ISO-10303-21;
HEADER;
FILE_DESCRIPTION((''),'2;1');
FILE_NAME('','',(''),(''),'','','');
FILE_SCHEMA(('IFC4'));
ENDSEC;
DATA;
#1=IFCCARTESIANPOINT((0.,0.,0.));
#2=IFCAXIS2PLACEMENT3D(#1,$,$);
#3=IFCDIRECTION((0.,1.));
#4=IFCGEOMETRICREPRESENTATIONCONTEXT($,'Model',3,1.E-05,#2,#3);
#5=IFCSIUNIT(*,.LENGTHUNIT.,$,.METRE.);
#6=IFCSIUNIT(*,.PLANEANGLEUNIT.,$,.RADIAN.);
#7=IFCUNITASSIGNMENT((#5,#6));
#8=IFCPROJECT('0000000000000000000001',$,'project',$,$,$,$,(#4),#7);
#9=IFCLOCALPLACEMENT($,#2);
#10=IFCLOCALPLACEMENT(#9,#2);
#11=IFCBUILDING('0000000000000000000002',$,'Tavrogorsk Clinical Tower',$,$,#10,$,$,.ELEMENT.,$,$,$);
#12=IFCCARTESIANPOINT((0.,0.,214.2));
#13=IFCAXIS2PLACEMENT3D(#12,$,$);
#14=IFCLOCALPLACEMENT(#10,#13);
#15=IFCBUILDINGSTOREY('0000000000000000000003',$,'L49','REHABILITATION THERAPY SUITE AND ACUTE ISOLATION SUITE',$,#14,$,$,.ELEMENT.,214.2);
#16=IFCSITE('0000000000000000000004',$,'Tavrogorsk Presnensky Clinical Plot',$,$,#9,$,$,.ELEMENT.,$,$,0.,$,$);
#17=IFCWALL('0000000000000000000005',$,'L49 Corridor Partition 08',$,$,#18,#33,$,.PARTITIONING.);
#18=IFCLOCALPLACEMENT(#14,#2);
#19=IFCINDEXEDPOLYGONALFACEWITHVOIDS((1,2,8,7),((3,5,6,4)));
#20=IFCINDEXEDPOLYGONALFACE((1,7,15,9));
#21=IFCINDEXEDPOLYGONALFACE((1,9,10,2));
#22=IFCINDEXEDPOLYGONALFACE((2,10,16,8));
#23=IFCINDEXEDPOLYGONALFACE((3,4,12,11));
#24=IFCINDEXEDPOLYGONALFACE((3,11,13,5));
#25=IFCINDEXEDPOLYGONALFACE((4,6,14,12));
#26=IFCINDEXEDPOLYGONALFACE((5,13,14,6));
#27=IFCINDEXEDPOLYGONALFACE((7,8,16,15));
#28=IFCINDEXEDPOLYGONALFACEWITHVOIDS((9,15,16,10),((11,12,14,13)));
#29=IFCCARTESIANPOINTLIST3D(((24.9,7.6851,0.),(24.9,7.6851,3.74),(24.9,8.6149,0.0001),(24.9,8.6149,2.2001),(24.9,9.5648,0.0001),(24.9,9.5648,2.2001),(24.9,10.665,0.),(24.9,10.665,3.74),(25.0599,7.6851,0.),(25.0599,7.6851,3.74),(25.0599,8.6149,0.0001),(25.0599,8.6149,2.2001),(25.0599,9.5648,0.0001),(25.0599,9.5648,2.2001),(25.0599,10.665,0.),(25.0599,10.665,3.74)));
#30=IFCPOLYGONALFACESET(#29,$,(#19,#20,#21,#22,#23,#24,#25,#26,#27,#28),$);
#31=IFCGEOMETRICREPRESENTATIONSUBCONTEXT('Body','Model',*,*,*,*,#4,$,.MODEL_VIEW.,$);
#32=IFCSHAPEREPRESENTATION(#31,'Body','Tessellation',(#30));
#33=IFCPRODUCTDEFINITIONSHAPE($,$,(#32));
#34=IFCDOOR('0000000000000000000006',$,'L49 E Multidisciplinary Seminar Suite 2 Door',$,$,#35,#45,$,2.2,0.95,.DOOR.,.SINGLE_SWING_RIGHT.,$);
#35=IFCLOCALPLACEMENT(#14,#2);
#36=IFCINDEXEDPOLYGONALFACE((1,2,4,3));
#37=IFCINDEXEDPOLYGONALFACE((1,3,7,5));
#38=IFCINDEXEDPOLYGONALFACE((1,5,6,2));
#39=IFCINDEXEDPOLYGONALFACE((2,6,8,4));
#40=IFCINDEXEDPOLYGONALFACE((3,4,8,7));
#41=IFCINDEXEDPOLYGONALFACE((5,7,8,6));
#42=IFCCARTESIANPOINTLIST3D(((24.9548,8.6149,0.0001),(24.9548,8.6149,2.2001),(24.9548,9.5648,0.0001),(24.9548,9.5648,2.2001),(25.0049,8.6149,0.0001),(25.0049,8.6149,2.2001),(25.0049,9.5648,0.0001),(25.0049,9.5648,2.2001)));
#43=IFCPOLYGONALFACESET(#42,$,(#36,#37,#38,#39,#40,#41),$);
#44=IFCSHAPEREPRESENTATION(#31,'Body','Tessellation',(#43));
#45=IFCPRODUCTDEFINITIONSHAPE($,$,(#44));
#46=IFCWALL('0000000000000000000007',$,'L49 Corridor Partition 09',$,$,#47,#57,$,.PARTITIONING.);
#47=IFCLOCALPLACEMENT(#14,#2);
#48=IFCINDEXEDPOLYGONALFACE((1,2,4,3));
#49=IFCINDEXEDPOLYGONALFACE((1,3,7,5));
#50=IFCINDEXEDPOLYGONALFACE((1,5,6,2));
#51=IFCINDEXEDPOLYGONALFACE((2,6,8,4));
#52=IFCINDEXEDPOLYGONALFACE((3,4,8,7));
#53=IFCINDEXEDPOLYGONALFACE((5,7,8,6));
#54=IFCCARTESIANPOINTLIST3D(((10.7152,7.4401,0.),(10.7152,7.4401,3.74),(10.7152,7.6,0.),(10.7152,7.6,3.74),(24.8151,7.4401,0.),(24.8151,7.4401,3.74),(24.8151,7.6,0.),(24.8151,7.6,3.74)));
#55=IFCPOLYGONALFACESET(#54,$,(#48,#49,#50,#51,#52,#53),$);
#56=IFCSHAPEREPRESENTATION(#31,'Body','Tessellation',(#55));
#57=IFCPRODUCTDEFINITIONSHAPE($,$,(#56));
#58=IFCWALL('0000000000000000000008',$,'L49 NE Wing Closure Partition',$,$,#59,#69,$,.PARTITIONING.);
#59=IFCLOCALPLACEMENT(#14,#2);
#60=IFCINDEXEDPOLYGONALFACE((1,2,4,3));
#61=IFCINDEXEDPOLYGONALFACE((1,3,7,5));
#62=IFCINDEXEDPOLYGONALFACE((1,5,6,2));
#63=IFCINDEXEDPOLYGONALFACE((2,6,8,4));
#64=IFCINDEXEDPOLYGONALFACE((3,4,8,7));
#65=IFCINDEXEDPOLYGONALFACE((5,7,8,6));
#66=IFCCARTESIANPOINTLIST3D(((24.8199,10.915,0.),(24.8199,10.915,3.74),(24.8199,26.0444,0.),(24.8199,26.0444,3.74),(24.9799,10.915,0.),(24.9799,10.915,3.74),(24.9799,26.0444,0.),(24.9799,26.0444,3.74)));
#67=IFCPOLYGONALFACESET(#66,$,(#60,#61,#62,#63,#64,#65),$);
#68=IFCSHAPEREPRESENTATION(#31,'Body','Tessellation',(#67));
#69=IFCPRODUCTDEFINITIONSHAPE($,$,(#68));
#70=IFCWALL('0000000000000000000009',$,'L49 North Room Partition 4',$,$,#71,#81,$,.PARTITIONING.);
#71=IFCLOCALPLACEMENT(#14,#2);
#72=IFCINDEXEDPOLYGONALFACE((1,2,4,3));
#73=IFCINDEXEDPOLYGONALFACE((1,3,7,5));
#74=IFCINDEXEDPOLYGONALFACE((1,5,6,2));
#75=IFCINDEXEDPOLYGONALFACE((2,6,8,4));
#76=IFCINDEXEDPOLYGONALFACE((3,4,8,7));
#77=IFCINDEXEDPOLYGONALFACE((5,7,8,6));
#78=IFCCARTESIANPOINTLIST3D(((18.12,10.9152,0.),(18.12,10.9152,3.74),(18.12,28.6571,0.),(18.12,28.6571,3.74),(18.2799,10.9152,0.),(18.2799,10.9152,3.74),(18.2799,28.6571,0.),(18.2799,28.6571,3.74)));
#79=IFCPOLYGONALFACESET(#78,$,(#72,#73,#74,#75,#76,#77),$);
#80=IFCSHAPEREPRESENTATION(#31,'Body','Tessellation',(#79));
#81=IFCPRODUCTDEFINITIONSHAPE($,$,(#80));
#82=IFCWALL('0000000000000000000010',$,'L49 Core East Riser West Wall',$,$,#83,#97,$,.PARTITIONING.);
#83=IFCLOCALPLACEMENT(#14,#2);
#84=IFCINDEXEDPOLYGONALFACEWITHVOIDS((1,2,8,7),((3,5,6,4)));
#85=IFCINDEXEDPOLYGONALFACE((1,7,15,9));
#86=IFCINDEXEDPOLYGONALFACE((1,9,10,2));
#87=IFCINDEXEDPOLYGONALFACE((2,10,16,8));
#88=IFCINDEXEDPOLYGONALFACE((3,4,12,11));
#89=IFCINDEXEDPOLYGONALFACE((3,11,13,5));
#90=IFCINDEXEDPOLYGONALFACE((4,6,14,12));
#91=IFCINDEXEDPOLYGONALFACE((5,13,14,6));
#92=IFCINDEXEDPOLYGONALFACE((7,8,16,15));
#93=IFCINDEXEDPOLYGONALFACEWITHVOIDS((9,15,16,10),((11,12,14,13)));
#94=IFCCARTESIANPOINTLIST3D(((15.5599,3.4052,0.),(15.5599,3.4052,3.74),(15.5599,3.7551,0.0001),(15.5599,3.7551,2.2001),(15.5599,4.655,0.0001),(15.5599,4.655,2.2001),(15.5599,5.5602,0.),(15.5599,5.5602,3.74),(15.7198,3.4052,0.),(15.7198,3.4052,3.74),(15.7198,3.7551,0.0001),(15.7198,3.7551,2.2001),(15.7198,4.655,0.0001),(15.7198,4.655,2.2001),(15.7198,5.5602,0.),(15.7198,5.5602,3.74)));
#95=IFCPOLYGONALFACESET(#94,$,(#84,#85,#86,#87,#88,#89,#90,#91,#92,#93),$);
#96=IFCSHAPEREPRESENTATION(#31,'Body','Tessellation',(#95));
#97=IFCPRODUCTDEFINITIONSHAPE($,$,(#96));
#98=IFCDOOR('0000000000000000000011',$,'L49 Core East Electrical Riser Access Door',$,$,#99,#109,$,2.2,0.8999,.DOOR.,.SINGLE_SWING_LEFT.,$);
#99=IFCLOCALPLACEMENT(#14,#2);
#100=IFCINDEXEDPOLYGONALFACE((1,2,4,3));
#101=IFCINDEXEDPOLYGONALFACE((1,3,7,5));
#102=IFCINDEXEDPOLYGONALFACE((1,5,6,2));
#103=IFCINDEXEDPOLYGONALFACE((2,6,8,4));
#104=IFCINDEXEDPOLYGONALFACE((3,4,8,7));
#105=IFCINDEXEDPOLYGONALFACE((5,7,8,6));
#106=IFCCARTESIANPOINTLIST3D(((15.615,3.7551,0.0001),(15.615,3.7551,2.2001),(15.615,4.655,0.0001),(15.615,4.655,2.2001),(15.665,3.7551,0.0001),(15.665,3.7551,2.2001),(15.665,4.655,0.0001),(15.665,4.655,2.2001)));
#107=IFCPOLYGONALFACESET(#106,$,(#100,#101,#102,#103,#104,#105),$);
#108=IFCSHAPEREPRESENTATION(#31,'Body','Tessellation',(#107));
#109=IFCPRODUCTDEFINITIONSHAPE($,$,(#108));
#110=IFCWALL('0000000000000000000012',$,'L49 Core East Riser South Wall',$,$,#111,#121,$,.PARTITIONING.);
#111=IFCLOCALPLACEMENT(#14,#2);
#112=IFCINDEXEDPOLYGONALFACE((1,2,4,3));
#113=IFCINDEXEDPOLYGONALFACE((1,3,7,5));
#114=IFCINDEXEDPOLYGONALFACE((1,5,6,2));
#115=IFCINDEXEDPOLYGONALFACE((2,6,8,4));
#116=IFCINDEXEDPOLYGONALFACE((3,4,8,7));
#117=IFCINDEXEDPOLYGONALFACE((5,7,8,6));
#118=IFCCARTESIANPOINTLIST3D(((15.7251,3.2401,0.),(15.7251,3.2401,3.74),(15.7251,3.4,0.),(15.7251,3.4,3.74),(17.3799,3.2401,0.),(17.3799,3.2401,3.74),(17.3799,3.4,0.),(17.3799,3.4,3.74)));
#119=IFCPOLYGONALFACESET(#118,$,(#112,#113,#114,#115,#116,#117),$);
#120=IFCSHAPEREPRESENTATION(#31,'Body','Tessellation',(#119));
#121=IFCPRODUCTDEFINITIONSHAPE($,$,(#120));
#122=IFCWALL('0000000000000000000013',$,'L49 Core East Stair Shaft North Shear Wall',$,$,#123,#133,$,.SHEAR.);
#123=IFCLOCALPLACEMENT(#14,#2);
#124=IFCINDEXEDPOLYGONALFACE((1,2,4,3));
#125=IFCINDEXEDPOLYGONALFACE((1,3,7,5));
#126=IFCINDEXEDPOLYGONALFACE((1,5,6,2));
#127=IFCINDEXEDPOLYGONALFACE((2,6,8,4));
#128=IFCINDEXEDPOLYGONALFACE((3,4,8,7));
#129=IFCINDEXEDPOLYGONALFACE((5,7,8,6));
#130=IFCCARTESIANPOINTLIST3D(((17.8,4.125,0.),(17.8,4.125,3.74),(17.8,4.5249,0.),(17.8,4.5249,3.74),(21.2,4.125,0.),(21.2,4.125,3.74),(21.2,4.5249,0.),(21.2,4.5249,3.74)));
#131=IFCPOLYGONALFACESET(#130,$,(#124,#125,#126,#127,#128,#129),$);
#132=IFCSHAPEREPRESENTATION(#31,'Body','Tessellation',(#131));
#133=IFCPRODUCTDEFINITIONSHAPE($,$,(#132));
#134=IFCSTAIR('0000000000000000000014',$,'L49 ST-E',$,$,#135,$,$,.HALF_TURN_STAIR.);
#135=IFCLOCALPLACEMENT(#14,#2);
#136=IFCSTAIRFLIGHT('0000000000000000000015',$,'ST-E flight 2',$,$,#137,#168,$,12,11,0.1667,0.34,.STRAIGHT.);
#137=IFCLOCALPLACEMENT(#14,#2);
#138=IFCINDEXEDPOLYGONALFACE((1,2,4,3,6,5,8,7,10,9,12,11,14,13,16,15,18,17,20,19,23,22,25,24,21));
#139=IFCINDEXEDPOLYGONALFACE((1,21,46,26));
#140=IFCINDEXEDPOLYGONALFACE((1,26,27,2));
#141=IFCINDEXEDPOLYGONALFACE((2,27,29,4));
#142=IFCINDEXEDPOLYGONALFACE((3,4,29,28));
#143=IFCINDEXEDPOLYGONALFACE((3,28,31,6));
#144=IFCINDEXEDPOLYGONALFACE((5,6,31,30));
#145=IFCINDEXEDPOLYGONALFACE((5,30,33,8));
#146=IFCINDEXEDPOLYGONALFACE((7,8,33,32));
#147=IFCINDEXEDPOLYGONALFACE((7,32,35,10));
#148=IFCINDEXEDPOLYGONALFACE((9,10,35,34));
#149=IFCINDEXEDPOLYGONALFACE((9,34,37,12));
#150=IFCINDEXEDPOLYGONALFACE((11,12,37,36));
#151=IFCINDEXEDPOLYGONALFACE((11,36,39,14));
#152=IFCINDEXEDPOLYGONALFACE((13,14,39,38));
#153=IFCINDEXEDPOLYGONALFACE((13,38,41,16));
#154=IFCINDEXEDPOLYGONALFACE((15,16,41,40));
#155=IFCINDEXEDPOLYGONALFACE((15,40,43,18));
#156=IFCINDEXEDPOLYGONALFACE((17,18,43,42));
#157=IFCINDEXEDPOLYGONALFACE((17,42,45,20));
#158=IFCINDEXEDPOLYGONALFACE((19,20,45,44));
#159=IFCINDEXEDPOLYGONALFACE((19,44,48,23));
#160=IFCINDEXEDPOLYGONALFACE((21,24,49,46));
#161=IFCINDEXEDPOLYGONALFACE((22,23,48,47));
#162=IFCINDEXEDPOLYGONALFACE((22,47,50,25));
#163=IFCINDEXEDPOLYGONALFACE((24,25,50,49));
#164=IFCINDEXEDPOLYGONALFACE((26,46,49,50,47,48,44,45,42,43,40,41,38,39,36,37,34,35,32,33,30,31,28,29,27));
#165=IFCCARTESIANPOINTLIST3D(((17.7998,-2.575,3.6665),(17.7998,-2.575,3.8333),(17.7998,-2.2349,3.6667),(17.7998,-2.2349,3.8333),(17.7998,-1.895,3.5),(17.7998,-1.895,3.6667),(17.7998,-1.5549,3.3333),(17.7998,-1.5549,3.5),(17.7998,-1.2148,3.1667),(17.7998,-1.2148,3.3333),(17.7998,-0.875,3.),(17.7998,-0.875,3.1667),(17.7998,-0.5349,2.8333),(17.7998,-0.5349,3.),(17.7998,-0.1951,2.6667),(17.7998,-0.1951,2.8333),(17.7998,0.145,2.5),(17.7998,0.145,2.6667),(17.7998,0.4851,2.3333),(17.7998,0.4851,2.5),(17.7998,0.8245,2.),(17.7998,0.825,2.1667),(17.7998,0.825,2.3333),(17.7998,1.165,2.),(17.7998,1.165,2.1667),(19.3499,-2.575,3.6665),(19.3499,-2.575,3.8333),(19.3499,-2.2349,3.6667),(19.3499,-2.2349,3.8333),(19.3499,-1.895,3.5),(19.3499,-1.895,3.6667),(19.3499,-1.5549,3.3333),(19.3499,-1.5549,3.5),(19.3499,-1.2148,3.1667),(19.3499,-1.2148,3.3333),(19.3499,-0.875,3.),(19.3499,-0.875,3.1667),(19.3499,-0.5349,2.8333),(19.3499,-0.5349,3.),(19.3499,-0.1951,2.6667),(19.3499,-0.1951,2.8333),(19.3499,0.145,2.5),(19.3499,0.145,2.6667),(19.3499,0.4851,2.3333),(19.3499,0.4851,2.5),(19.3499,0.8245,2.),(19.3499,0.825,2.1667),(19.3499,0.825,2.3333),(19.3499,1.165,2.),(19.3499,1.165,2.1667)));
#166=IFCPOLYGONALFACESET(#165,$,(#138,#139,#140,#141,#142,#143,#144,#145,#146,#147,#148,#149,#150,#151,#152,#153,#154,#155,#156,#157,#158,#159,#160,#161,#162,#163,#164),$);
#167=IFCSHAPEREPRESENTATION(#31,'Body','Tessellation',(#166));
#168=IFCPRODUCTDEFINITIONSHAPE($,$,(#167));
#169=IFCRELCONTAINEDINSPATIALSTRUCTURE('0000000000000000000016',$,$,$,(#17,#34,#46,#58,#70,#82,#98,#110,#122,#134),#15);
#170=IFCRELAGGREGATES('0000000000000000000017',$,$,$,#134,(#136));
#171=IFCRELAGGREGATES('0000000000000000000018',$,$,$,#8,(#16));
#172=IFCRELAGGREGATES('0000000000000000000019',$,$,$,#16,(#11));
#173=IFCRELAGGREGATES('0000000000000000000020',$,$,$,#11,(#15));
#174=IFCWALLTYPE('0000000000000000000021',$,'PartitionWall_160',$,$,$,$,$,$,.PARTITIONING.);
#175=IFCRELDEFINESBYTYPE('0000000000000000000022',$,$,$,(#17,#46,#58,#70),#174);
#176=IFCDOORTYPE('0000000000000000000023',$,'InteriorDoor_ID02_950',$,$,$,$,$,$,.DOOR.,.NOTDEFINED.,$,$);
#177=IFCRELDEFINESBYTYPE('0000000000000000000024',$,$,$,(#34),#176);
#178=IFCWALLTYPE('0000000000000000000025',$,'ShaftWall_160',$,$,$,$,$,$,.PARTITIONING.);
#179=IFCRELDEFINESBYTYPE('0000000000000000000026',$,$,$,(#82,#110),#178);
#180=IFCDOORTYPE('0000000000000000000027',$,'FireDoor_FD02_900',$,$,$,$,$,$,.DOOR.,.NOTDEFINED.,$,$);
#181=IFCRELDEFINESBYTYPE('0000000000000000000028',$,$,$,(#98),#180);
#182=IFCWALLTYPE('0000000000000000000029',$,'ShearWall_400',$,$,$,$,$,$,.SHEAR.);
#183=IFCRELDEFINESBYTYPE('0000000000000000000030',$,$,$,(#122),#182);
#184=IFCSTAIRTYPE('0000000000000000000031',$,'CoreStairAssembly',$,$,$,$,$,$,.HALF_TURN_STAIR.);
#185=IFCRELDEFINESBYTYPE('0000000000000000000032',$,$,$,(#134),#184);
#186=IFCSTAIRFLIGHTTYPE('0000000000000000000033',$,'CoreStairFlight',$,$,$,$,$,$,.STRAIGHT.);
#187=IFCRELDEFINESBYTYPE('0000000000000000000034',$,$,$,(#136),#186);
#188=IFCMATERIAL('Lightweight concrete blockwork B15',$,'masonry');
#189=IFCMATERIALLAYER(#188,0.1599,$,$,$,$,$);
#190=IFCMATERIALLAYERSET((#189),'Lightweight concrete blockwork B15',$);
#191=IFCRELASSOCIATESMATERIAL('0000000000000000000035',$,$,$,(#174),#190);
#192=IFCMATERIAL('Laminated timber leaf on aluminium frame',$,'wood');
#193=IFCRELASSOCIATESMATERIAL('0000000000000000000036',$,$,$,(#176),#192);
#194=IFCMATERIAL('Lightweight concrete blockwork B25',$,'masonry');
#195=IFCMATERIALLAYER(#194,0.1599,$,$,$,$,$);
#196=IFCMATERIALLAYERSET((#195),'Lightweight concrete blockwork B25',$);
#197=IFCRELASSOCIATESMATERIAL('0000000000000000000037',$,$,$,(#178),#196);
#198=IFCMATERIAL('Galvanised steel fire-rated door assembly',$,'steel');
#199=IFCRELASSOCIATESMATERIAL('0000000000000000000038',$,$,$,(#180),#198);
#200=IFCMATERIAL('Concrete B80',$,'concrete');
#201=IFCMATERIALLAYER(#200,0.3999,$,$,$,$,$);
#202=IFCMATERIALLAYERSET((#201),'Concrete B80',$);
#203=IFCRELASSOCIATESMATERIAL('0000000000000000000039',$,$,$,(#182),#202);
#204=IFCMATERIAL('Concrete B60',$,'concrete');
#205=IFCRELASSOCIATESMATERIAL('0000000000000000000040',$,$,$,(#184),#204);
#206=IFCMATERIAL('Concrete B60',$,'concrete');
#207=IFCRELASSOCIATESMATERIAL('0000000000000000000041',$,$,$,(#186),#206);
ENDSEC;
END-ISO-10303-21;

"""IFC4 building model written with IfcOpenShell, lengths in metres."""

from ifc_helpers import new_model, si_unit, direction, frame, frame_2d, origin, place, context, subcontext, project, spatial, polyline, rectangle, outline, extrude, material, layer, layer_set, type_object, element, fill, aggregate, save


model = new_model("IFC4")

# Units and contexts
model_context = context("Model", 3, precision=1e-05, world=origin(), true_north=direction((0.0, 1.0)))
body_context = subcontext(model_context, "Body", "Model", "MODEL_VIEW")
ifc_project = project(units=[si_unit("LENGTHUNIT", "METRE"), si_unit("PLANEANGLEUNIT", "RADIAN")], contexts=[model_context])

# Site, building, storey
site_placement = place(None, origin())
site = spatial("IfcSite", under=ifc_project, at=site_placement, Name="Tavrogorsk Presnensky Clinical Plot", CompositionType="ELEMENT", RefElevation=0.0)
building_placement = place(site_placement, origin())
building = spatial("IfcBuilding", under=site, at=building_placement, Name="Tavrogorsk Clinical Tower", CompositionType="ELEMENT")
storey_placement = place(building_placement, frame((0.0, 0.0, 214.2)))
storey = spatial("IfcBuildingStorey", under=building, at=storey_placement, Name="L49", Description="REHABILITATION THERAPY SUITE AND ACUTE ISOLATION SUITE", CompositionType="ELEMENT", Elevation=214.2)

# Wall, opening, door
ifc_material_1 = material(Name="Lightweight concrete blockwork B15", Category="masonry")
ifc_layer_1 = layer(ifc_material_1, 0.1599)
ifc_layer_set_1 = layer_set([ifc_layer_1], Name="Lightweight concrete blockwork B15")
wall_type_1 = type_object("IfcWallType", Name="PartitionWall_160", PredefinedType="PARTITIONING", material=ifc_layer_set_1)
wall_1_placement = place(storey_placement, frame((24.98, 10.665, 0.0), z_axis=(0.0, 0.0, 1.0), x_axis=(0.0, -1.0, 0.0)))
wall_1 = element("IfcWall", 1, at=wall_1_placement, inside=storey, type_object=wall_type_1, Name="L49 Corridor Partition 08", PredefinedType="PARTITIONING", context=body_context, shape_type="SweptSolid", body=[
    extrude(rectangle(XDim=2.98, YDim=0.1599, at=frame_2d((1.49, 0.0))), origin(), (0.0, 0.0, 1.0), 3.74),
])
opening_1_placement = place(wall_1_placement, frame((1.1001, 0.0, 0.0)))
opening_1 = element("IfcOpeningElement", 2, at=opening_1_placement, cuts=wall_1, PredefinedType="OPENING", context=body_context, shape_type="SweptSolid", body=[
    extrude(rectangle(XDim=0.95, YDim=2.2, at=frame_2d((0.4751, 1.1001))), frame((0.0, 0.0898, 0.0), z_axis=(0.0, -1.0, 0.0), x_axis=(1.0, 0.0, 0.0)), (0.0, 0.0, 1.0), 0.1799),
])
ifc_material_2 = material(Name="Laminated timber leaf on aluminium frame", Category="wood")
door_type_1 = type_object("IfcDoorType", Name="InteriorDoor_ID02_950", OperationType="NOTDEFINED", PredefinedType="DOOR", material=ifc_material_2)
door_1_placement = place(opening_1_placement, origin())
door_1 = element("IfcDoor", 3, at=door_1_placement, inside=storey, type_object=door_type_1, Name="L49 E Multidisciplinary Seminar Suite 2 Door", OperationType="SINGLE_SWING_RIGHT", OverallHeight=2.2, OverallWidth=0.95, PredefinedType="DOOR", context=body_context, shape_type="SweptSolid", body=[
    extrude(rectangle(XDim=0.95, YDim=2.2, at=frame_2d((0.4751, 1.1001))), frame((0.0, 0.0249, 0.0), z_axis=(0.0, -1.0, 0.0), x_axis=(1.0, 0.0, 0.0)), (0.0, 0.0, 1.0), 0.05),
])
fill(opening_1, door_1)

# Walls
wall_2_placement = place(storey_placement, frame((24.8149, 7.52, 0.0), z_axis=(0.0, 0.0, 1.0), x_axis=(-1.0, 0.0, 0.0)))
element("IfcWall", 4, at=wall_2_placement, inside=storey, type_object=wall_type_1, Name="L49 Corridor Partition 09", PredefinedType="PARTITIONING", context=body_context, shape_type="SweptSolid", body=[
    extrude(rectangle(XDim=14.0999, YDim=0.1599, at=frame_2d((7.0498, 0.0))), origin(), (0.0, 0.0, 1.0), 3.74),
])
wall_3_placement = place(storey_placement, frame((24.8999, 10.915, 0.0), z_axis=(0.0, 0.0, 1.0), x_axis=(0.0, 1.0, 0.0)))
element("IfcWall", 5, at=wall_3_placement, inside=storey, type_object=wall_type_1, Name="L49 NE Wing Closure Partition", PredefinedType="PARTITIONING", context=body_context, shape_type="SweptSolid", body=[
    extrude(rectangle(XDim=15.1294, YDim=0.1599, at=frame_2d((7.5647, 0.0))), origin(), (0.0, 0.0, 1.0), 3.74),
])
wall_4_placement = place(storey_placement, frame((18.2, 10.915, 0.0), z_axis=(0.0, 0.0, 1.0), x_axis=(0.0, 1.0, 0.0)))
element("IfcWall", 6, at=wall_4_placement, inside=storey, type_object=wall_type_1, Name="L49 North Room Partition 4", PredefinedType="PARTITIONING", context=body_context, shape_type="SweptSolid", body=[
    extrude(rectangle(XDim=17.7419, YDim=0.1599, at=frame_2d((8.8711, 0.0))), origin(), (0.0, 0.0, 1.0), 3.74),
])

# Wall, opening, door
ifc_material_3 = material(Name="Lightweight concrete blockwork B25", Category="masonry")
ifc_layer_2 = layer(ifc_material_3, 0.1599)
ifc_layer_set_2 = layer_set([ifc_layer_2], Name="Lightweight concrete blockwork B25")
wall_type_2 = type_object("IfcWallType", Name="ShaftWall_160", PredefinedType="PARTITIONING", material=ifc_layer_set_2)
wall_5_placement = place(storey_placement, frame((15.6399, 3.405, 0.0), z_axis=(0.0, 0.0, 1.0), x_axis=(0.0, 1.0, 0.0)))
wall_5 = element("IfcWall", 7, at=wall_5_placement, inside=storey, type_object=wall_type_2, Name="L49 Core East Riser West Wall", PredefinedType="PARTITIONING", context=body_context, shape_type="SweptSolid", body=[
    extrude(rectangle(XDim=2.155, YDim=0.1599, at=frame_2d((1.0776, 0.0))), origin(), (0.0, 0.0, 1.0), 3.74),
])
opening_2_placement = place(wall_5_placement, frame((0.3501, 0.0, 0.0)))
opening_2 = element("IfcOpeningElement", 8, at=opening_2_placement, cuts=wall_5, PredefinedType="OPENING", context=body_context, shape_type="SweptSolid", body=[
    extrude(rectangle(XDim=0.8999, YDim=2.2, at=frame_2d((0.45, 1.1001))), frame((0.0, 0.0898, 0.0), z_axis=(0.0, -1.0, 0.0), x_axis=(1.0, 0.0, 0.0)), (0.0, 0.0, 1.0), 0.1799),
])
ifc_material_4 = material(Name="Galvanised steel fire-rated door assembly", Category="steel")
door_type_2 = type_object("IfcDoorType", Name="FireDoor_FD02_900", OperationType="NOTDEFINED", PredefinedType="DOOR", material=ifc_material_4)
door_2_placement = place(opening_2_placement, origin())
door_2 = element("IfcDoor", 9, at=door_2_placement, inside=storey, type_object=door_type_2, Name="L49 Core East Electrical Riser Access Door", OperationType="SINGLE_SWING_LEFT", OverallHeight=2.2, OverallWidth=0.8999, PredefinedType="DOOR", context=body_context, shape_type="SweptSolid", body=[
    extrude(rectangle(XDim=0.8999, YDim=2.2, at=frame_2d((0.45, 1.1001))), frame((0.0, 0.0249, 0.0), z_axis=(0.0, -1.0, 0.0), x_axis=(1.0, 0.0, 0.0)), (0.0, 0.0, 1.0), 0.05),
])
fill(opening_2, door_2)

# Walls
wall_6_placement = place(storey_placement, frame((15.7251, 3.3201, 0.0), z_axis=(0.0, 0.0, 1.0), x_axis=(1.0, 0.0, 0.0)))
element("IfcWall", 10, at=wall_6_placement, inside=storey, type_object=wall_type_2, Name="L49 Core East Riser South Wall", PredefinedType="PARTITIONING", context=body_context, shape_type="SweptSolid", body=[
    extrude(rectangle(XDim=1.6548, YDim=0.1599, at=frame_2d((0.8274, 0.0))), origin(), (0.0, 0.0, 1.0), 3.74),
])
ifc_material_5 = material(Name="Concrete B80", Category="concrete")
ifc_layer_3 = layer(ifc_material_5, 0.3999)
ifc_layer_set_3 = layer_set([ifc_layer_3], Name="Concrete B80")
wall_type_3 = type_object("IfcWallType", Name="ShearWall_400", PredefinedType="SHEAR", material=ifc_layer_set_3)
wall_7_placement = place(storey_placement, frame((17.8, 4.325, 0.0), z_axis=(0.0, 0.0, 1.0), x_axis=(1.0, 0.0, 0.0)))
element("IfcWall", 11, at=wall_7_placement, inside=storey, type_object=wall_type_3, Name="L49 Core East Stair Shaft North Shear Wall", PredefinedType="SHEAR", context=body_context, shape_type="SweptSolid", body=[
    extrude(rectangle(XDim=3.3999, YDim=0.3999, at=frame_2d((1.7, 0.0))), origin(), (0.0, 0.0, 1.0), 3.74),
])

# Stair, stair flight
ifc_material_6 = material(Name="Concrete B60", Category="concrete")
stair_type = type_object("IfcStairType", Name="CoreStairAssembly", PredefinedType="HALF_TURN_STAIR", material=ifc_material_6)
stair_placement = place(storey_placement, origin())
stair = element("IfcStair", 12, at=stair_placement, inside=storey, type_object=stair_type, Name="L49 ST-E", PredefinedType="HALF_TURN_STAIR")
ifc_material_7 = material(Name="Concrete B60", Category="concrete")
stair_flight_type = type_object("IfcStairFlightType", Name="CoreStairFlight", PredefinedType="STRAIGHT", material=ifc_material_7)
stair_flight_placement = place(storey_placement, frame((18.575, 1.165, 2.0), z_axis=(0.0, 0.0, 1.0), x_axis=(0.0, -1.0, 0.0)))
stair_flight = element("IfcStairFlight", 13, at=stair_flight_placement, type_object=stair_flight_type, Name="ST-E flight 2", NumberOfRisers=12, NumberOfTreads=11, PredefinedType="STRAIGHT", RiserHeight=0.1667, TreadLength=0.34, context=body_context, shape_type="SweptSolid", body=[
    extrude(outline(polyline([(0.0, 0.0), (0.0, 0.1667), (0.3401, 0.1667), (0.3401, 0.3333), (0.6799, 0.3333), (0.6799, 0.5), (1.02, 0.5), (1.02, 0.6667), (1.3601, 0.6667), (1.3601, 0.8333), (1.7, 0.8333), (1.7, 1.0), (2.04, 1.0), (2.04, 1.1667), (2.3799, 1.1667), (2.3799, 1.3333), (2.72, 1.3333), (2.72, 1.5), (3.0601, 1.5), (3.0601, 1.6667), (3.3999, 1.6667), (3.3999, 1.8333), (3.74, 1.8333), (3.74, 2.0), (3.74, 1.6665), (0.3406, 0.0), (0.0, 0.0)])), frame((0.0, 0.7749, 0.0), z_axis=(0.0, -1.0, 0.0), x_axis=(1.0, 0.0, 0.0)), (0.0, 0.0, 1.0), 1.55),
])
aggregate(stair, [stair_flight])

save(model, "model.ifc")
